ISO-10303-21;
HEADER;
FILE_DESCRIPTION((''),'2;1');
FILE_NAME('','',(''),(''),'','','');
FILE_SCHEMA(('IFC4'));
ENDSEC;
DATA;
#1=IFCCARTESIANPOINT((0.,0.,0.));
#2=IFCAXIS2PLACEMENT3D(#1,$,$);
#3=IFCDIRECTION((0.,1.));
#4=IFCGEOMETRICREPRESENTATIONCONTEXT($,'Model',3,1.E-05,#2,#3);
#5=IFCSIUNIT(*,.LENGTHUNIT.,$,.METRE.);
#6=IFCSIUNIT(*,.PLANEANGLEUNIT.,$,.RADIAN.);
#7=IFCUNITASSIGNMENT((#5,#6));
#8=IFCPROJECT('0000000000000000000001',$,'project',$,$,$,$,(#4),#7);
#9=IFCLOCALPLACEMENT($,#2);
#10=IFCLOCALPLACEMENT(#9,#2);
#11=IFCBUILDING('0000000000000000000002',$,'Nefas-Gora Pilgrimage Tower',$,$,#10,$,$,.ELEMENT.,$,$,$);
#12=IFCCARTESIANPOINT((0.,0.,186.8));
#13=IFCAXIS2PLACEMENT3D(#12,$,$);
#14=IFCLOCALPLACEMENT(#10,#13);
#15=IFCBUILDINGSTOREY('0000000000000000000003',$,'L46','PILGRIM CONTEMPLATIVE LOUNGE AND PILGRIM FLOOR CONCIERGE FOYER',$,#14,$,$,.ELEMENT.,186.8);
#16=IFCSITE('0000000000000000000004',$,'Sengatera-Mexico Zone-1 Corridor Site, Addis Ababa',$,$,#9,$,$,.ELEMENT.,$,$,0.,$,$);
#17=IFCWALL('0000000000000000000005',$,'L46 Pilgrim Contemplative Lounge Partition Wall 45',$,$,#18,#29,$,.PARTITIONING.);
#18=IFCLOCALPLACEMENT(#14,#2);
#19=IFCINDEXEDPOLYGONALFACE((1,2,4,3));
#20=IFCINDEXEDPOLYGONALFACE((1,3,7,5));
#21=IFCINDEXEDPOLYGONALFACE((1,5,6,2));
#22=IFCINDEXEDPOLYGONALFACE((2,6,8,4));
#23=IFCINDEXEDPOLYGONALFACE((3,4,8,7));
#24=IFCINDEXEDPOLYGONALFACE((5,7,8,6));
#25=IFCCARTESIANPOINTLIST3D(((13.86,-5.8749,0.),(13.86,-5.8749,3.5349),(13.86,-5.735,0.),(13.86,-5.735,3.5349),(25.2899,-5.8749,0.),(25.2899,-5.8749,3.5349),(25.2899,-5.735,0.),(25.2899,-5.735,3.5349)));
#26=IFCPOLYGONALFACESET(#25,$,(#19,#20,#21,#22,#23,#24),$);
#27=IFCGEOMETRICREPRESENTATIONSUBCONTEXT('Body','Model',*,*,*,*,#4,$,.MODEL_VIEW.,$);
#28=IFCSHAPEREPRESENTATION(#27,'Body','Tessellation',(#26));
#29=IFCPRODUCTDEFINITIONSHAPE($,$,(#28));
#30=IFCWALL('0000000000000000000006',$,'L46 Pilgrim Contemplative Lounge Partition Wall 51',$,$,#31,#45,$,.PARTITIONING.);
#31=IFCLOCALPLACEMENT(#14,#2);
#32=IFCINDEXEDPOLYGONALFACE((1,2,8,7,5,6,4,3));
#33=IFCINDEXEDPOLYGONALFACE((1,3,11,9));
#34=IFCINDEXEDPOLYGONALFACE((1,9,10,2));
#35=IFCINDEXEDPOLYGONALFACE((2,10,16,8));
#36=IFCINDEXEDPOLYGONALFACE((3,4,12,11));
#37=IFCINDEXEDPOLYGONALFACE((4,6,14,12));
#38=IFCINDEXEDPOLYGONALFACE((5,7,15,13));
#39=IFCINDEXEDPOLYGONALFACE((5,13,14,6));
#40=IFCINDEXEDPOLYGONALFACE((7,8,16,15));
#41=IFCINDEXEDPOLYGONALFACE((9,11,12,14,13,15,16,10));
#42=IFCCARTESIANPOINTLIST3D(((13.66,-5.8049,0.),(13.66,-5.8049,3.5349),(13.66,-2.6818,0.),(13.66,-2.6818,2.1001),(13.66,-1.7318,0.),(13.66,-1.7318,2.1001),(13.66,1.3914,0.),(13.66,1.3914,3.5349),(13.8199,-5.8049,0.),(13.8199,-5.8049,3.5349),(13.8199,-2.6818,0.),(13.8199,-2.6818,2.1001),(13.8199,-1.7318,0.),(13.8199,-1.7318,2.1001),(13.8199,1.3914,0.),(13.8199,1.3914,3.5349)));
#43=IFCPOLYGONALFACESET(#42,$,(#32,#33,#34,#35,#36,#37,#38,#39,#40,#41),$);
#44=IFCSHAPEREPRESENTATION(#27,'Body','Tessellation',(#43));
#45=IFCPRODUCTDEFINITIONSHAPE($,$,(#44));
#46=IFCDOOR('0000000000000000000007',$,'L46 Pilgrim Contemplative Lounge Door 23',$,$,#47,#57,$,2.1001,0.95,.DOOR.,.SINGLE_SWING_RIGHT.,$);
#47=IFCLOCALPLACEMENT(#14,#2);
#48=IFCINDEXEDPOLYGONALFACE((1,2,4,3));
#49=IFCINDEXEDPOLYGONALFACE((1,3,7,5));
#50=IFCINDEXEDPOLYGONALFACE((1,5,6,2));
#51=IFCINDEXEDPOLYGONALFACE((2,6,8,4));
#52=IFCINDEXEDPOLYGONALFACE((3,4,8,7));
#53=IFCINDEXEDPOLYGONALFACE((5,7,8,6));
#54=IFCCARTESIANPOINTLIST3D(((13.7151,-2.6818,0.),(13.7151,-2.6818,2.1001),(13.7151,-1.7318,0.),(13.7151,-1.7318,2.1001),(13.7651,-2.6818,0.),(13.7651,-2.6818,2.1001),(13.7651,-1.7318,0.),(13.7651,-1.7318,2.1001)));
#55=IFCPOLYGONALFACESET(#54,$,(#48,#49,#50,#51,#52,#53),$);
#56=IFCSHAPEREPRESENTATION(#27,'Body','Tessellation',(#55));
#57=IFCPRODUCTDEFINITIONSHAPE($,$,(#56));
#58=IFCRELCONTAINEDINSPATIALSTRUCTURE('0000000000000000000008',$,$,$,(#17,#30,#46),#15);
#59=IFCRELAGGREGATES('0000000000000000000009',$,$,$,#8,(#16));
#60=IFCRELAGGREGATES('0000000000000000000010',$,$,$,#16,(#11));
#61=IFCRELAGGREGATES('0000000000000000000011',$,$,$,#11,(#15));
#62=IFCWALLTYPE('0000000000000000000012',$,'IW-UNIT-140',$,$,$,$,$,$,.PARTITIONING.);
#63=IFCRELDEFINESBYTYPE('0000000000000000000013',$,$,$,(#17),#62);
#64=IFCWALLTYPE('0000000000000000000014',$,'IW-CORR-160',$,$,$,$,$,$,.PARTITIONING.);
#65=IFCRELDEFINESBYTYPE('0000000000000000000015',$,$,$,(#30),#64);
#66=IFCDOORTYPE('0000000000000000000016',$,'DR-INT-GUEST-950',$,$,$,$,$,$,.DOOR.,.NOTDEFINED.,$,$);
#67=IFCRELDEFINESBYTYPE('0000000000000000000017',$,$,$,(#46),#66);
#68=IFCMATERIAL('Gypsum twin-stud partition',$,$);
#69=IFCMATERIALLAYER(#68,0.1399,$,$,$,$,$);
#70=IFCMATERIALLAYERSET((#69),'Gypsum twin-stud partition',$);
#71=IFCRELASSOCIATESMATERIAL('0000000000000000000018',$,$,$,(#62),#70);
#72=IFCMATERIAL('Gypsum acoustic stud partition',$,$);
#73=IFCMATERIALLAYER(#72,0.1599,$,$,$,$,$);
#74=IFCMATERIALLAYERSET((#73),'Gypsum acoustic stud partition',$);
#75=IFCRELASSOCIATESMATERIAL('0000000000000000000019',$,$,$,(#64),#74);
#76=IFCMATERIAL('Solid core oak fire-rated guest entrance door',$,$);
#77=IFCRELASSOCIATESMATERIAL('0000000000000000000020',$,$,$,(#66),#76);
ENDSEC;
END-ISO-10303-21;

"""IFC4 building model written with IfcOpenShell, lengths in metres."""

from ifc_helpers import new_model, si_unit, direction, frame, frame_2d, origin, place, context, subcontext, project, spatial, rectangle, extrude, source, transform, mapped, material, layer, layer_set, type_object, element, fill, save


model = new_model("IFC4")

# Units and contexts
model_context = context("Model", 3, precision=1e-05, world=origin(), true_north=direction((0.0, 1.0)))
body_context = subcontext(model_context, "Body", "Model", "MODEL_VIEW")
ifc_project = project(units=[si_unit("LENGTHUNIT", "METRE"), si_unit("PLANEANGLEUNIT", "RADIAN")], contexts=[model_context])

# Site, building, storey
site_placement = place(None, origin())
site = spatial("IfcSite", under=ifc_project, at=site_placement, Name="Sengatera-Mexico Zone-1 Corridor Site, Addis Ababa", CompositionType="ELEMENT", RefElevation=0.0)
building_placement = place(site_placement, origin())
building = spatial("IfcBuilding", under=site, at=building_placement, Name="Nefas-Gora Pilgrimage Tower", CompositionType="ELEMENT")
storey_placement = place(building_placement, frame((0.0, 0.0, 186.8)))
storey = spatial("IfcBuildingStorey", under=building, at=storey_placement, Name="L46", Description="PILGRIM CONTEMPLATIVE LOUNGE AND PILGRIM FLOOR CONCIERGE FOYER", CompositionType="ELEMENT", Elevation=186.8)

# Wall
ifc_material_1 = material(Name="Gypsum twin-stud partition")
ifc_layer_1 = layer(ifc_material_1, 0.1399)
ifc_layer_set_1 = layer_set([ifc_layer_1], Name="Gypsum twin-stud partition")
wall_type_1 = type_object("IfcWallType", Name="IW-UNIT-140", PredefinedType="PARTITIONING", material=ifc_layer_set_1)
shared_shape_1 = source(origin(), body_context, "Body", "SweptSolid", [
    extrude(rectangle(XDim=11.4299, YDim=0.1399, at=frame_2d((5.7148, 0.0))), origin(), (0.0, 0.0, 1.0), 3.5349),
])
wall_1_placement = place(storey_placement, frame((13.8601, -5.8049, 0.0), z_axis=(0.0, 0.0, 1.0), x_axis=(1.0, 0.0, 0.0)))
element("IfcWall", 1, at=wall_1_placement, inside=storey, type_object=wall_type_1, Name="L46 Pilgrim Contemplative Lounge Partition Wall 45", PredefinedType="PARTITIONING", context=body_context, shape_type="MappedRepresentation", body=[
    mapped(shared_shape_1, transform((0.0, 0.0, 0.0), x_axis=(1.0, 0.0, 0.0), y_axis=(0.0, 1.0, 0.0), z_axis=(0.0, 0.0, 1.0), scale=1.0)),
])

# Wall, opening, door
ifc_material_2 = material(Name="Gypsum acoustic stud partition")
ifc_layer_2 = layer(ifc_material_2, 0.1599)
ifc_layer_set_2 = layer_set([ifc_layer_2], Name="Gypsum acoustic stud partition")
wall_type_2 = type_object("IfcWallType", Name="IW-CORR-160", PredefinedType="PARTITIONING", material=ifc_layer_set_2)
shared_shape_2 = source(origin(), body_context, "Body", "SweptSolid", [
    extrude(rectangle(XDim=7.1963, YDim=0.1599, at=frame_2d((3.5981, 0.0))), origin(), (0.0, 0.0, 1.0), 3.5349),
])
wall_2_placement = place(storey_placement, frame((13.74, -5.8049, 0.0), z_axis=(0.0, 0.0, 1.0), x_axis=(0.0, 1.0, 0.0)))
wall_2 = element("IfcWall", 2, at=wall_2_placement, inside=storey, type_object=wall_type_2, Name="L46 Pilgrim Contemplative Lounge Partition Wall 51", PredefinedType="PARTITIONING", context=body_context, shape_type="MappedRepresentation", body=[
    mapped(shared_shape_2, transform((0.0, 0.0, 0.0), x_axis=(1.0, 0.0, 0.0), y_axis=(0.0, 1.0, 0.0), z_axis=(0.0, 0.0, 1.0), scale=1.0)),
])
opening_1_placement = place(wall_2_placement, frame((3.123, 0.0, 0.0)))
opening_1 = element("IfcOpeningElement", 3, at=opening_1_placement, cuts=wall_2, PredefinedType="OPENING", context=body_context, shape_type="SweptSolid", body=[
    extrude(rectangle(XDim=0.95, YDim=2.1001, at=frame_2d((0.4751, 1.05))), frame((0.0, 0.0898, 0.0), z_axis=(0.0, -1.0, 0.0), x_axis=(1.0, 0.0, 0.0)), (0.0, 0.0, 1.0), 0.1799),
])
ifc_material_3 = material(Name="Solid core oak fire-rated guest entrance door")
door_type_1 = type_object("IfcDoorType", Name="DR-INT-GUEST-950", OperationType="NOTDEFINED", PredefinedType="DOOR", material=ifc_material_3)
shared_shape_3 = source(origin(), body_context, "Body", "SweptSolid", [
    extrude(rectangle(XDim=0.95, YDim=2.1001, at=frame_2d((0.4751, 1.05))), frame((0.0, 0.0249, 0.0), z_axis=(0.0, -1.0, 0.0), x_axis=(1.0, 0.0, 0.0)), (0.0, 0.0, 1.0), 0.05),
])
door_1_placement = place(opening_1_placement, origin())
door_1 = element("IfcDoor", 4, at=door_1_placement, inside=storey, type_object=door_type_1, Name="L46 Pilgrim Contemplative Lounge Door 23", OperationType="SINGLE_SWING_RIGHT", OverallHeight=2.1001, OverallWidth=0.95, PredefinedType="DOOR", context=body_context, shape_type="MappedRepresentation", body=[
    mapped(shared_shape_3, transform((0.0, 0.0, 0.0), x_axis=(1.0, 0.0, 0.0), y_axis=(0.0, 1.0, 0.0), z_axis=(0.0, 0.0, 1.0), scale=1.0)),
])
fill(opening_1, door_1)

save(model, "model.ifc")
